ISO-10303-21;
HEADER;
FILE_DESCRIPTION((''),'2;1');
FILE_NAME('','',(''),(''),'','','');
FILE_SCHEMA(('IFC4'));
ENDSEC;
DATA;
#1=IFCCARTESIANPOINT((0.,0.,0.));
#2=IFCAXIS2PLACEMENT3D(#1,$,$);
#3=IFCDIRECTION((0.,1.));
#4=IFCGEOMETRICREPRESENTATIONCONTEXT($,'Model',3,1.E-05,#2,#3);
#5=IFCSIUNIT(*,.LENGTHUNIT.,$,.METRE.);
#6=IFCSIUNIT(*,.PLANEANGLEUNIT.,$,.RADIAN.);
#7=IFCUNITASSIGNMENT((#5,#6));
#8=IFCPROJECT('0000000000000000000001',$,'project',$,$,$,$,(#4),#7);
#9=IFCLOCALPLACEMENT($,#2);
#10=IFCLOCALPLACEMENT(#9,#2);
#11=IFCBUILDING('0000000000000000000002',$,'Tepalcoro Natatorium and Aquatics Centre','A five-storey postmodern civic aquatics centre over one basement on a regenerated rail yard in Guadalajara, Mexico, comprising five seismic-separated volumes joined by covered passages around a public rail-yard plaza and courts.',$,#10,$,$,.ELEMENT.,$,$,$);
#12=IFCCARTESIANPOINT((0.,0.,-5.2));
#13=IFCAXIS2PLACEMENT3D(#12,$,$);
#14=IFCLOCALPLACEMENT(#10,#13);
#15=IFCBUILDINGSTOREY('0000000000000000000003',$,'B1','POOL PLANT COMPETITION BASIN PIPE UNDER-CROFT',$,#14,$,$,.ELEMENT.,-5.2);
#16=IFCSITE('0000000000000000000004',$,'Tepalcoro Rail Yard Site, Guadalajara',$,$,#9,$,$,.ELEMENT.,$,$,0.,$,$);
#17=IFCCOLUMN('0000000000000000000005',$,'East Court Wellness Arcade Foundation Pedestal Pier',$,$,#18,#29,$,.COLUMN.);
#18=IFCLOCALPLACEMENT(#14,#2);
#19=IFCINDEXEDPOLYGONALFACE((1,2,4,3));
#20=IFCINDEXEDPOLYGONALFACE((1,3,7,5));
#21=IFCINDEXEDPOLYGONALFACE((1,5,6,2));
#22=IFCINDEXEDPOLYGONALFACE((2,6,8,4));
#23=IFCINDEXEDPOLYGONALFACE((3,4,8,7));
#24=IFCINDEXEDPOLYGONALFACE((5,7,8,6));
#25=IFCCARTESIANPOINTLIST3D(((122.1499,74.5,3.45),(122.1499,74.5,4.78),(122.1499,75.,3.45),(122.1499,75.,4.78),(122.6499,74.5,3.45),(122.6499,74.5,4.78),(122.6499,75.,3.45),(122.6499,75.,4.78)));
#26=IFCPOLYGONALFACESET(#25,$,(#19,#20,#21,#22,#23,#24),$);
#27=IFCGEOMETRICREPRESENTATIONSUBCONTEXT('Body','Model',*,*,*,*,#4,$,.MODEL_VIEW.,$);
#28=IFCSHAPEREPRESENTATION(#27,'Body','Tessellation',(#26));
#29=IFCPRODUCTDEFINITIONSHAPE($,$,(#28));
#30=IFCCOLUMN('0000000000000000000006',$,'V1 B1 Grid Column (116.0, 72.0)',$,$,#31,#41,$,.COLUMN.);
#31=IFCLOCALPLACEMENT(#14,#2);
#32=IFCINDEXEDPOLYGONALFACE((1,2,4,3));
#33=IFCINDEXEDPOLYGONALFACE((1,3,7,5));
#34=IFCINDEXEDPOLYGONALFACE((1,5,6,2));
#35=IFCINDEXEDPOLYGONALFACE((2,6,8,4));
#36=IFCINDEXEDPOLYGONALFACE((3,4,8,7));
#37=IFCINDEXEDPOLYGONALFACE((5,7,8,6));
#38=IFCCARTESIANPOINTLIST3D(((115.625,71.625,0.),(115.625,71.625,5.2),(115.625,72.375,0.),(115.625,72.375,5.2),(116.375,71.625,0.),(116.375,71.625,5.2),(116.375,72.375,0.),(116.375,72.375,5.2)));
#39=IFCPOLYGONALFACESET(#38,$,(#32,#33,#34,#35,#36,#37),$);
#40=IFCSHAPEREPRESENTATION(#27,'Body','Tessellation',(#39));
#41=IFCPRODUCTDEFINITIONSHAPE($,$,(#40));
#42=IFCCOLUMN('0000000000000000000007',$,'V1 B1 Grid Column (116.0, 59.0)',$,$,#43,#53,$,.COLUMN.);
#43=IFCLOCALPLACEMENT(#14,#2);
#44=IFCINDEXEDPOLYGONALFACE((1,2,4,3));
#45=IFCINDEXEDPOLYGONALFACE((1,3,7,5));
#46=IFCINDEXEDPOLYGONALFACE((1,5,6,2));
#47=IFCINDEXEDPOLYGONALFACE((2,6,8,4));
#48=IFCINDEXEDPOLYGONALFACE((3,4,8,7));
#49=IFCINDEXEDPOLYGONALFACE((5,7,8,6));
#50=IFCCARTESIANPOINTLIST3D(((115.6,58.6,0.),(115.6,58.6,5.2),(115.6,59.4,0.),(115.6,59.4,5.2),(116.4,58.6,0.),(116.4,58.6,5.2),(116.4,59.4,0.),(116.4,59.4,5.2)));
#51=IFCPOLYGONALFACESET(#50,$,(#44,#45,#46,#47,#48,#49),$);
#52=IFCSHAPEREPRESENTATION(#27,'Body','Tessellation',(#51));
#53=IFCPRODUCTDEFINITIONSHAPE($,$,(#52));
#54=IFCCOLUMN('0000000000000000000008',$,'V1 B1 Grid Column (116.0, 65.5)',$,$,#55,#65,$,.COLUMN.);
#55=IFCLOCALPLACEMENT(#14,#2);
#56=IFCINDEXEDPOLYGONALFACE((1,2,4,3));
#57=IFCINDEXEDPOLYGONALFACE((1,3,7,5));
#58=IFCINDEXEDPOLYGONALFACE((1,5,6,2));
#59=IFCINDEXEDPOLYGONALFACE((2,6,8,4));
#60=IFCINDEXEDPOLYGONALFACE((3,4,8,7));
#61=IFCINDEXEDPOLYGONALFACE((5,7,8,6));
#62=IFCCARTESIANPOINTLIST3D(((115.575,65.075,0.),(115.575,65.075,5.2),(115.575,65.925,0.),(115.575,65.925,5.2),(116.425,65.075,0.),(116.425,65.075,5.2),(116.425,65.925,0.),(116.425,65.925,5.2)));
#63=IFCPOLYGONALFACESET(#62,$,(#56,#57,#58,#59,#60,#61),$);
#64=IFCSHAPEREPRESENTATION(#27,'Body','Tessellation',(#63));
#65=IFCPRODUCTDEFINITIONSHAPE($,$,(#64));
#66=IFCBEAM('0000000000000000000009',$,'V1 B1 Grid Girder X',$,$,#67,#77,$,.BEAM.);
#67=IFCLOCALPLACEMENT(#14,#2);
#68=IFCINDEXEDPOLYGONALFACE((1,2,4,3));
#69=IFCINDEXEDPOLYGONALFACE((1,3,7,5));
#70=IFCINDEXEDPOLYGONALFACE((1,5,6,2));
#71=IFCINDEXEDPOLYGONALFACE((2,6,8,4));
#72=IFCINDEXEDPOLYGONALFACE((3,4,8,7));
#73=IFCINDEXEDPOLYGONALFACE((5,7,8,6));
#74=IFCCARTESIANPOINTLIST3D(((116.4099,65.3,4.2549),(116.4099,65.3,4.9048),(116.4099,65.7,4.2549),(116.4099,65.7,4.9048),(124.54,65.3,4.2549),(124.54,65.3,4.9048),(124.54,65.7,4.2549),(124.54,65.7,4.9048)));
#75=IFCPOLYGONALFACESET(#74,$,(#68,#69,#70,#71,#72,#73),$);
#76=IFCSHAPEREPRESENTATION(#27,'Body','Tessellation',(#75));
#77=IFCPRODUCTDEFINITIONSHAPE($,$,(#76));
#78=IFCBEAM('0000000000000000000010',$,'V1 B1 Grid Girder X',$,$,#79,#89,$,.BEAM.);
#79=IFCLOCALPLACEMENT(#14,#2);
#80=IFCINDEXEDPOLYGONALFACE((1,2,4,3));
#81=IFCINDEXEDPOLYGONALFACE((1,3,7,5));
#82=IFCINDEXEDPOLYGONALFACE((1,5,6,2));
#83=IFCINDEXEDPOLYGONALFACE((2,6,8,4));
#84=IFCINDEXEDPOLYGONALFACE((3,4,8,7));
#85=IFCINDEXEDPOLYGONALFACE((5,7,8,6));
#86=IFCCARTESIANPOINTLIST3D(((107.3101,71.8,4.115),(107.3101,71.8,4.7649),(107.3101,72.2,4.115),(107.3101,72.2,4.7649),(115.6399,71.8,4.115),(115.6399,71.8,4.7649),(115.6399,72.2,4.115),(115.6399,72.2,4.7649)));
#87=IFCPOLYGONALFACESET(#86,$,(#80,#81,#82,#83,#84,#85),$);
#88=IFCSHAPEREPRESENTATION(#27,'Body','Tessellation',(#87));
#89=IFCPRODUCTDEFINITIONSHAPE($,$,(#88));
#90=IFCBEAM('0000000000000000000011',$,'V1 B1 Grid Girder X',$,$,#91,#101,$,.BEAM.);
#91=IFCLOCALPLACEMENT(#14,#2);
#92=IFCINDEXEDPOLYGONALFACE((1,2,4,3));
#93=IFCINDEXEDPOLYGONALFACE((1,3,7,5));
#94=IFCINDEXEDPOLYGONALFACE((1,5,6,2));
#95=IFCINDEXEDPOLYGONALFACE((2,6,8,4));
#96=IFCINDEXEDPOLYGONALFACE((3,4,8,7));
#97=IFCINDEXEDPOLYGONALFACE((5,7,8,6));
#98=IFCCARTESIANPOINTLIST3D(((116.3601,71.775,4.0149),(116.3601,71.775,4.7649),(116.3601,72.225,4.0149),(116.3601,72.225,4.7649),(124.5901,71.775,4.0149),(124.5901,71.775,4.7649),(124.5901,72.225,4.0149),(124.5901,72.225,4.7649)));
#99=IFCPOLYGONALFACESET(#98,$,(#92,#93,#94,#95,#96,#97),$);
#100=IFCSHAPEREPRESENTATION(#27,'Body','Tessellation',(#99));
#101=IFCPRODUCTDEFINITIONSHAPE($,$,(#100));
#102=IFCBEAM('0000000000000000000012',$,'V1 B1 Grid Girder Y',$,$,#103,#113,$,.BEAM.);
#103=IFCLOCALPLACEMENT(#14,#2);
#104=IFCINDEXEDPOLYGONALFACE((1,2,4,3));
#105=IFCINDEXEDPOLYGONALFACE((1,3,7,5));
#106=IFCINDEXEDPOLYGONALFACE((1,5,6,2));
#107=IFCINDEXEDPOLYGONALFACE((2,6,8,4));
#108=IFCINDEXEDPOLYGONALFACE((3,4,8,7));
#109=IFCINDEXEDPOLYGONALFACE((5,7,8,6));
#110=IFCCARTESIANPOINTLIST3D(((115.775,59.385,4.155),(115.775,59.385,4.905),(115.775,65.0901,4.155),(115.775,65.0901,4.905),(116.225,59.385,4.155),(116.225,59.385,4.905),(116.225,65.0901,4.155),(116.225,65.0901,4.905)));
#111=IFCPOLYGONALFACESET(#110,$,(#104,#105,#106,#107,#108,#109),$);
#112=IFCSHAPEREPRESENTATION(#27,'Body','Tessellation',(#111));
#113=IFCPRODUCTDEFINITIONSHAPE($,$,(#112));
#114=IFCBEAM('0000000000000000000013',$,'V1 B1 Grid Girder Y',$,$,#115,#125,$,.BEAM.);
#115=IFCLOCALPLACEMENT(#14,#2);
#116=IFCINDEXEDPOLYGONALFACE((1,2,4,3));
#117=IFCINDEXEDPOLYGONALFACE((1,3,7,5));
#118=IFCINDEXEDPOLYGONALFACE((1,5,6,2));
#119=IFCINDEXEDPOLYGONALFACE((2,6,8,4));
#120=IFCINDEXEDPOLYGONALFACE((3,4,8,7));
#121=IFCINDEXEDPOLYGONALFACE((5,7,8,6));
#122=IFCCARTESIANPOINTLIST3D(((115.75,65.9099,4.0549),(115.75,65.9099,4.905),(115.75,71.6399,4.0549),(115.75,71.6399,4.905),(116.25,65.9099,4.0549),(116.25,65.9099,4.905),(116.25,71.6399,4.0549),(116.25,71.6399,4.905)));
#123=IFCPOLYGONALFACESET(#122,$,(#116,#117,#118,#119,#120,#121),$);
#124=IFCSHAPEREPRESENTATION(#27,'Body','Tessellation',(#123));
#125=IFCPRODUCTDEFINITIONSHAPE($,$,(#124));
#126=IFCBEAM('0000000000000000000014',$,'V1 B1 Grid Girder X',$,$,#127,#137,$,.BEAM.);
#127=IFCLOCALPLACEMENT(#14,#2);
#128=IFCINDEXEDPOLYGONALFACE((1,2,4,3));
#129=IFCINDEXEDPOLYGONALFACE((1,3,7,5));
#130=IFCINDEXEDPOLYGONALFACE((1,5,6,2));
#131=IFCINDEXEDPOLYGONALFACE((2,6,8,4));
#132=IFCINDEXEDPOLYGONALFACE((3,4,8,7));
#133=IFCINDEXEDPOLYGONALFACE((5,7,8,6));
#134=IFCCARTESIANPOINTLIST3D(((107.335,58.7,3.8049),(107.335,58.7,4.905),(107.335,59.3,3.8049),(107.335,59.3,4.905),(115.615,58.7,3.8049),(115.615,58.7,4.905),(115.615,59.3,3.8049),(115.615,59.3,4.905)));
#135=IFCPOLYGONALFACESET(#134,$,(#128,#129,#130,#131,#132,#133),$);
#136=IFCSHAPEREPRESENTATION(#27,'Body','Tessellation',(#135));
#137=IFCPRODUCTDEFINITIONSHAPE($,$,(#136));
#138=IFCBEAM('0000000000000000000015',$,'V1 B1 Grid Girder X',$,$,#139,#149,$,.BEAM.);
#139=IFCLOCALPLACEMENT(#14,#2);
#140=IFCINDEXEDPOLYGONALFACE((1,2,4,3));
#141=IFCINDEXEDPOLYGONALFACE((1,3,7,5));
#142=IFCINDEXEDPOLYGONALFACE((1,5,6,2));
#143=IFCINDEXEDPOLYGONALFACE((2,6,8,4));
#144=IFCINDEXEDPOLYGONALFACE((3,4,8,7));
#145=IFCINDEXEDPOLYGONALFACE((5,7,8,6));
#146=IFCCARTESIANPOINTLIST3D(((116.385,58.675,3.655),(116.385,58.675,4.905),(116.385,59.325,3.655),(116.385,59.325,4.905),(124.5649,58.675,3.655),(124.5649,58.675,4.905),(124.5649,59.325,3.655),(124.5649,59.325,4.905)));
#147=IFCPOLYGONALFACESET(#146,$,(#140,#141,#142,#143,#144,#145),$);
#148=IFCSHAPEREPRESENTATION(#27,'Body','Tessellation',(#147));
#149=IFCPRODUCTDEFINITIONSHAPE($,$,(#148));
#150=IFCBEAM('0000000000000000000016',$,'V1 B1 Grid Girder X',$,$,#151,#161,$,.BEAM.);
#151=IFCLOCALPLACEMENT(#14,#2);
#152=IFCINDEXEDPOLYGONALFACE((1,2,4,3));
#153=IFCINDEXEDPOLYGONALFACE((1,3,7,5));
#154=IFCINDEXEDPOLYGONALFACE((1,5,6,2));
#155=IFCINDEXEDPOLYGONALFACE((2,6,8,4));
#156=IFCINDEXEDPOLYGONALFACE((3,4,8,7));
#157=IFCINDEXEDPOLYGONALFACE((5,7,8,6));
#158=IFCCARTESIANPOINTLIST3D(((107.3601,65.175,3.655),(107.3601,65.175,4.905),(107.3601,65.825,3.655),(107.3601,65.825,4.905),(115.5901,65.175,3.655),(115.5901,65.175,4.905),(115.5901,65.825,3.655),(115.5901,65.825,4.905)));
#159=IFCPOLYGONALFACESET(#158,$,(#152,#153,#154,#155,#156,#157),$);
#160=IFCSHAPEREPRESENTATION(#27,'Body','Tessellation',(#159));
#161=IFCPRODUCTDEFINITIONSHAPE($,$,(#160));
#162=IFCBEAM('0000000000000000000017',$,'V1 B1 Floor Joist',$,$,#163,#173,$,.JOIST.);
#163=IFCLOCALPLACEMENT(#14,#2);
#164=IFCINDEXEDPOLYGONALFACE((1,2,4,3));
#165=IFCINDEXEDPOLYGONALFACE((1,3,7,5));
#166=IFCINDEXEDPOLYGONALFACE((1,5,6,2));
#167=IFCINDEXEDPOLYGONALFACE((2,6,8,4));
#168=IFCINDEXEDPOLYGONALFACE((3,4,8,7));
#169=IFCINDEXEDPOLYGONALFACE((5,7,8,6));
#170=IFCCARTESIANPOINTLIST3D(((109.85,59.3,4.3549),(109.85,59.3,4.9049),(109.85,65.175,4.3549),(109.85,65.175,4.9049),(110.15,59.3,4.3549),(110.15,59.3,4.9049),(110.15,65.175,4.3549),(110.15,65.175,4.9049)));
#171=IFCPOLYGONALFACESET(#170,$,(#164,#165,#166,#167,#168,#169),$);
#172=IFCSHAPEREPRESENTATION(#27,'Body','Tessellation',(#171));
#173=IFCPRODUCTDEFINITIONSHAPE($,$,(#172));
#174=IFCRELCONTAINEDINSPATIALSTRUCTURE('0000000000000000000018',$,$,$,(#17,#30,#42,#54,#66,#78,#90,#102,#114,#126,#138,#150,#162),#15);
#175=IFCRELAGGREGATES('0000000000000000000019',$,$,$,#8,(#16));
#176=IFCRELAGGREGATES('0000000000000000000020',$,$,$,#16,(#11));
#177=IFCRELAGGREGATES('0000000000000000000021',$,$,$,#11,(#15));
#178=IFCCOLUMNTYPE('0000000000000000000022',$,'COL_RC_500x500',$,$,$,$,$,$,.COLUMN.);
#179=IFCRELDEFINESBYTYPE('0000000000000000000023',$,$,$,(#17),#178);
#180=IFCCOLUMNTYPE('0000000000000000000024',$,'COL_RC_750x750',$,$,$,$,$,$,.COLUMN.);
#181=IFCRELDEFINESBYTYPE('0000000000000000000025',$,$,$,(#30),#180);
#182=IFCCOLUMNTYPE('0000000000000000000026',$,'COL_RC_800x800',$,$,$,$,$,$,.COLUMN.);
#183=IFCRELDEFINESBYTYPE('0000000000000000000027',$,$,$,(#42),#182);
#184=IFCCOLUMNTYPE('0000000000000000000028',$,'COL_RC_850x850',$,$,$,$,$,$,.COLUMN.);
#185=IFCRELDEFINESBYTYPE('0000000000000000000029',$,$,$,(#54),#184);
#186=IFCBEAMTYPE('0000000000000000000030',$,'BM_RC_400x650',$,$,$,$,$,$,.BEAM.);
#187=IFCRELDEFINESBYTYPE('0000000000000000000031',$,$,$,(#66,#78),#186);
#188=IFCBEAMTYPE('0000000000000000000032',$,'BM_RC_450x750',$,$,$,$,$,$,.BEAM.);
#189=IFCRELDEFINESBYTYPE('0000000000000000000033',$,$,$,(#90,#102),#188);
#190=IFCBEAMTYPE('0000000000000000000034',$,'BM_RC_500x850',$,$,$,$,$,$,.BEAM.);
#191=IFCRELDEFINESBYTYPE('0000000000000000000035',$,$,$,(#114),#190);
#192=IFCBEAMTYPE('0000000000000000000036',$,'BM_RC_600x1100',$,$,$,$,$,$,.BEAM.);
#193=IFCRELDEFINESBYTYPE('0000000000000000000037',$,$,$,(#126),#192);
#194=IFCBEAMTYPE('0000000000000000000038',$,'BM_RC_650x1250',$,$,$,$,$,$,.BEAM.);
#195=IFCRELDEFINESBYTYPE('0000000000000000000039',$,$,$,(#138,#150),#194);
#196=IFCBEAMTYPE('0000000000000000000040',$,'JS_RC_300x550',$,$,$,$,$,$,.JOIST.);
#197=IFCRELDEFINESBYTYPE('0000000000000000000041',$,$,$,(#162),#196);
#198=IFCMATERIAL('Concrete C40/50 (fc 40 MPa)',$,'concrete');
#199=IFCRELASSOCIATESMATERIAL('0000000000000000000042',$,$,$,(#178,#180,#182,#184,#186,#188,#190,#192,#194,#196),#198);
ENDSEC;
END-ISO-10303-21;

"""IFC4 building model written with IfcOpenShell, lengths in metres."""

from ifc_helpers import new_model, si_unit, direction, frame, origin, origin_2d, place, context, subcontext, project, spatial, rectangle, extrude, material, material_profile, profile_set, type_object, element, save


model = new_model("IFC4")

# Units and contexts
model_context = context("Model", 3, precision=1e-05, world=origin(), true_north=direction((0.0, 1.0)))
body_context = subcontext(model_context, "Body", "Model", "MODEL_VIEW")
ifc_project = project(units=[si_unit("LENGTHUNIT", "METRE"), si_unit("PLANEANGLEUNIT", "RADIAN")], contexts=[model_context])

# Site, building, storey
site_placement = place(None, origin())
site = spatial("IfcSite", under=ifc_project, at=site_placement, Name="Tepalcoro Rail Yard Site, Guadalajara", CompositionType="ELEMENT", RefElevation=0.0)
building_placement = place(site_placement, origin())
building = spatial("IfcBuilding", under=site, at=building_placement, Name="Tepalcoro Natatorium and Aquatics Centre", Description="A five-storey postmodern civic aquatics centre over one basement on a regenerated rail yard in Guadalajara, Mexico, comprising five seismic-separated volumes joined by covered passages around a public rail-yard plaza and courts.", CompositionType="ELEMENT")
storey_placement = place(building_placement, frame((0.0, 0.0, -5.2)))
storey = spatial("IfcBuildingStorey", under=building, at=storey_placement, Name="B1", Description="POOL PLANT COMPETITION BASIN PIPE UNDER-CROFT", CompositionType="ELEMENT", Elevation=-5.2)

# Shared definitions
ifc_material = material(Name="Concrete C40/50 (fc 40 MPa)", Category="concrete")

# Columns
ifc_material_profile_1 = material_profile(ifc_material, rectangle(XDim=0.5, YDim=0.5, at=origin_2d()), Name="RC500x500")
ifc_profile_set_1 = profile_set([ifc_material_profile_1], Name="Concrete C40/50 (fc 40 MPa)")
column_type_1 = type_object("IfcColumnType", Name="COL_RC_500x500", PredefinedType="COLUMN", material=ifc_profile_set_1)
for number, where, z_axis, x_axis, name in (
    (1, (122.3999, 74.75, 3.45), (0.0, 0.0, 1.0), (1.0, 0.0, 0.0), "East Court Wellness Arcade Foundation Pedestal Pier"),
):
    element("IfcColumn", number, at=place(storey_placement, frame(where, z_axis=z_axis, x_axis=x_axis)), inside=storey, type_object=column_type_1, Name=name, PredefinedType="COLUMN", context=body_context, shape_type="SweptSolid", body=[
        extrude(rectangle(XDim=0.5, YDim=0.5, at=origin_2d()), origin(), (0.0, 0.0, 1.0), 1.3301),
    ])
ifc_material_profile_2 = material_profile(ifc_material, rectangle(XDim=0.75, YDim=0.75, at=origin_2d()), Name="RC750x750")
ifc_profile_set_2 = profile_set([ifc_material_profile_2], Name="Concrete C40/50 (fc 40 MPa)")
column_type_2 = type_object("IfcColumnType", Name="COL_RC_750x750", PredefinedType="COLUMN", material=ifc_profile_set_2)
column_1_placement = place(storey_placement, frame((116.0, 72.0, 0.0), z_axis=(0.0, 0.0, 1.0), x_axis=(1.0, 0.0, 0.0)))
element("IfcColumn", 2, at=column_1_placement, inside=storey, type_object=column_type_2, Name="V1 B1 Grid Column (116.0, 72.0)", PredefinedType="COLUMN", context=body_context, shape_type="SweptSolid", body=[
    extrude(rectangle(XDim=0.75, YDim=0.75, at=origin_2d()), origin(), (0.0, 0.0, 1.0), 5.2),
])
ifc_material_profile_3 = material_profile(ifc_material, rectangle(XDim=0.8, YDim=0.8, at=origin_2d()), Name="RC800x800")
ifc_profile_set_3 = profile_set([ifc_material_profile_3], Name="Concrete C40/50 (fc 40 MPa)")
column_type_3 = type_object("IfcColumnType", Name="COL_RC_800x800", PredefinedType="COLUMN", material=ifc_profile_set_3)
column_2_placement = place(storey_placement, frame((116.0, 59.0, 0.0), z_axis=(0.0, 0.0, 1.0), x_axis=(1.0, 0.0, 0.0)))
element("IfcColumn", 3, at=column_2_placement, inside=storey, type_object=column_type_3, Name="V1 B1 Grid Column (116.0, 59.0)", PredefinedType="COLUMN", context=body_context, shape_type="SweptSolid", body=[
    extrude(rectangle(XDim=0.8, YDim=0.8, at=origin_2d()), origin(), (0.0, 0.0, 1.0), 5.2),
])
ifc_material_profile_4 = material_profile(ifc_material, rectangle(XDim=0.8501, YDim=0.8501, at=origin_2d()), Name="RC850x850")
ifc_profile_set_4 = profile_set([ifc_material_profile_4], Name="Concrete C40/50 (fc 40 MPa)")
column_type_4 = type_object("IfcColumnType", Name="COL_RC_850x850", PredefinedType="COLUMN", material=ifc_profile_set_4)
column_3_placement = place(storey_placement, frame((116.0, 65.5, 0.0), z_axis=(0.0, 0.0, 1.0), x_axis=(1.0, 0.0, 0.0)))
element("IfcColumn", 4, at=column_3_placement, inside=storey, type_object=column_type_4, Name="V1 B1 Grid Column (116.0, 65.5)", PredefinedType="COLUMN", context=body_context, shape_type="SweptSolid", body=[
    extrude(rectangle(XDim=0.8501, YDim=0.8501, at=origin_2d()), origin(), (0.0, 0.0, 1.0), 5.2),
])

# Beams
ifc_material_profile_5 = material_profile(ifc_material, rectangle(XDim=0.3999, YDim=0.6499, at=origin_2d()), Name="RCB400x650")
ifc_profile_set_5 = profile_set([ifc_material_profile_5], Name="Concrete C40/50 (fc 40 MPa)")
beam_type_1 = type_object("IfcBeamType", Name="BM_RC_400x650", PredefinedType="BEAM", material=ifc_profile_set_5)
beam_1_placement = place(storey_placement, frame((116.4099, 65.5, 4.5798), z_axis=(1.0, 0.0, 0.0), x_axis=(0.0, 1.0, 0.0)))
element("IfcBeam", 5, at=beam_1_placement, inside=storey, type_object=beam_type_1, Name="V1 B1 Grid Girder X", PredefinedType="BEAM", context=body_context, shape_type="SweptSolid", body=[
    extrude(rectangle(XDim=0.3999, YDim=0.6499, at=origin_2d()), origin(), (0.0, 0.0, 1.0), 8.1301),
])
beam_2_placement = place(storey_placement, frame((107.3101, 72.0, 4.4399), z_axis=(1.0, 0.0, 0.0), x_axis=(0.0, 1.0, 0.0)))
element("IfcBeam", 6, at=beam_2_placement, inside=storey, type_object=beam_type_1, Name="V1 B1 Grid Girder X", PredefinedType="BEAM", context=body_context, shape_type="SweptSolid", body=[
    extrude(rectangle(XDim=0.3999, YDim=0.6499, at=origin_2d()), origin(), (0.0, 0.0, 1.0), 8.3298),
])
ifc_material_profile_6 = material_profile(ifc_material, rectangle(XDim=0.45, YDim=0.75, at=origin_2d()), Name="RCB450x750")
ifc_profile_set_6 = profile_set([ifc_material_profile_6], Name="Concrete C40/50 (fc 40 MPa)")
beam_type_2 = type_object("IfcBeamType", Name="BM_RC_450x750", PredefinedType="BEAM", material=ifc_profile_set_6)
beam_3_placement = place(storey_placement, frame((116.3601, 72.0, 4.3899), z_axis=(1.0, 0.0, 0.0), x_axis=(0.0, 1.0, 0.0)))
element("IfcBeam", 7, at=beam_3_placement, inside=storey, type_object=beam_type_2, Name="V1 B1 Grid Girder X", PredefinedType="BEAM", context=body_context, shape_type="SweptSolid", body=[
    extrude(rectangle(XDim=0.45, YDim=0.75, at=origin_2d()), origin(), (0.0, 0.0, 1.0), 8.23),
])
beam_4_placement = place(storey_placement, frame((116.0, 59.385, 4.53), z_axis=(0.0, 1.0, 0.0), x_axis=(-1.0, 0.0, 0.0)))
element("IfcBeam", 8, at=beam_4_placement, inside=storey, type_object=beam_type_2, Name="V1 B1 Grid Girder Y", PredefinedType="BEAM", context=body_context, shape_type="SweptSolid", body=[
    extrude(rectangle(XDim=0.45, YDim=0.75, at=origin_2d()), origin(), (0.0, 0.0, 1.0), 5.7051),
])
ifc_material_profile_7 = material_profile(ifc_material, rectangle(XDim=0.5, YDim=0.8501, at=origin_2d()), Name="RCB500x850")
ifc_profile_set_7 = profile_set([ifc_material_profile_7], Name="Concrete C40/50 (fc 40 MPa)")
beam_type_3 = type_object("IfcBeamType", Name="BM_RC_500x850", PredefinedType="BEAM", material=ifc_profile_set_7)
beam_5_placement = place(storey_placement, frame((116.0, 65.9099, 4.48), z_axis=(0.0, 1.0, 0.0), x_axis=(-1.0, 0.0, 0.0)))
element("IfcBeam", 9, at=beam_5_placement, inside=storey, type_object=beam_type_3, Name="V1 B1 Grid Girder Y", PredefinedType="BEAM", context=body_context, shape_type="SweptSolid", body=[
    extrude(rectangle(XDim=0.5, YDim=0.8501, at=origin_2d()), origin(), (0.0, 0.0, 1.0), 5.73),
])
ifc_material_profile_8 = material_profile(ifc_material, rectangle(XDim=0.6001, YDim=1.1001, at=origin_2d()), Name="RCB600x1100")
ifc_profile_set_8 = profile_set([ifc_material_profile_8], Name="Concrete C40/50 (fc 40 MPa)")
beam_type_4 = type_object("IfcBeamType", Name="BM_RC_600x1100", PredefinedType="BEAM", material=ifc_profile_set_8)
beam_6_placement = place(storey_placement, frame((107.335, 59.0, 4.355), z_axis=(1.0, 0.0, 0.0), x_axis=(0.0, 1.0, 0.0)))
element("IfcBeam", 10, at=beam_6_placement, inside=storey, type_object=beam_type_4, Name="V1 B1 Grid Girder X", PredefinedType="BEAM", context=body_context, shape_type="SweptSolid", body=[
    extrude(rectangle(XDim=0.6001, YDim=1.1001, at=origin_2d()), origin(), (0.0, 0.0, 1.0), 8.28),
])
ifc_material_profile_9 = material_profile(ifc_material, rectangle(XDim=0.6499, YDim=1.25, at=origin_2d()), Name="RCB650x1250")
ifc_profile_set_9 = profile_set([ifc_material_profile_9], Name="Concrete C40/50 (fc 40 MPa)")
beam_type_5 = type_object("IfcBeamType", Name="BM_RC_650x1250", PredefinedType="BEAM", material=ifc_profile_set_9)
beam_7_placement = place(storey_placement, frame((116.385, 59.0, 4.28), z_axis=(1.0, 0.0, 0.0), x_axis=(0.0, 1.0, 0.0)))
element("IfcBeam", 11, at=beam_7_placement, inside=storey, type_object=beam_type_5, Name="V1 B1 Grid Girder X", PredefinedType="BEAM", context=body_context, shape_type="SweptSolid", body=[
    extrude(rectangle(XDim=0.6499, YDim=1.25, at=origin_2d()), origin(), (0.0, 0.0, 1.0), 8.1799),
])
beam_8_placement = place(storey_placement, frame((107.3601, 65.5, 4.28), z_axis=(1.0, 0.0, 0.0), x_axis=(0.0, 1.0, 0.0)))
element("IfcBeam", 12, at=beam_8_placement, inside=storey, type_object=beam_type_5, Name="V1 B1 Grid Girder X", PredefinedType="BEAM", context=body_context, shape_type="SweptSolid", body=[
    extrude(rectangle(XDim=0.6499, YDim=1.25, at=origin_2d()), origin(), (0.0, 0.0, 1.0), 8.23),
])
ifc_material_profile_10 = material_profile(ifc_material, rectangle(XDim=0.3, YDim=0.55, at=origin_2d()), Name="RCJ300x550")
ifc_profile_set_10 = profile_set([ifc_material_profile_10], Name="Concrete C40/50 (fc 40 MPa)")
beam_type_6 = type_object("IfcBeamType", Name="JS_RC_300x550", PredefinedType="JOIST", material=ifc_profile_set_10)
for number, where, z_axis, x_axis, name in (
    (13, (110.0, 59.3, 4.6299), (0.0, 1.0, 0.0), (-1.0, 0.0, 0.0), "V1 B1 Floor Joist"),
):
    element("IfcBeam", number, at=place(storey_placement, frame(where, z_axis=z_axis, x_axis=x_axis)), inside=storey, type_object=beam_type_6, Name=name, PredefinedType="JOIST", context=body_context, shape_type="SweptSolid", body=[
        extrude(rectangle(XDim=0.3, YDim=0.55, at=origin_2d()), origin(), (0.0, 0.0, 1.0), 5.875),
    ])

save(model, "model.ifc")
